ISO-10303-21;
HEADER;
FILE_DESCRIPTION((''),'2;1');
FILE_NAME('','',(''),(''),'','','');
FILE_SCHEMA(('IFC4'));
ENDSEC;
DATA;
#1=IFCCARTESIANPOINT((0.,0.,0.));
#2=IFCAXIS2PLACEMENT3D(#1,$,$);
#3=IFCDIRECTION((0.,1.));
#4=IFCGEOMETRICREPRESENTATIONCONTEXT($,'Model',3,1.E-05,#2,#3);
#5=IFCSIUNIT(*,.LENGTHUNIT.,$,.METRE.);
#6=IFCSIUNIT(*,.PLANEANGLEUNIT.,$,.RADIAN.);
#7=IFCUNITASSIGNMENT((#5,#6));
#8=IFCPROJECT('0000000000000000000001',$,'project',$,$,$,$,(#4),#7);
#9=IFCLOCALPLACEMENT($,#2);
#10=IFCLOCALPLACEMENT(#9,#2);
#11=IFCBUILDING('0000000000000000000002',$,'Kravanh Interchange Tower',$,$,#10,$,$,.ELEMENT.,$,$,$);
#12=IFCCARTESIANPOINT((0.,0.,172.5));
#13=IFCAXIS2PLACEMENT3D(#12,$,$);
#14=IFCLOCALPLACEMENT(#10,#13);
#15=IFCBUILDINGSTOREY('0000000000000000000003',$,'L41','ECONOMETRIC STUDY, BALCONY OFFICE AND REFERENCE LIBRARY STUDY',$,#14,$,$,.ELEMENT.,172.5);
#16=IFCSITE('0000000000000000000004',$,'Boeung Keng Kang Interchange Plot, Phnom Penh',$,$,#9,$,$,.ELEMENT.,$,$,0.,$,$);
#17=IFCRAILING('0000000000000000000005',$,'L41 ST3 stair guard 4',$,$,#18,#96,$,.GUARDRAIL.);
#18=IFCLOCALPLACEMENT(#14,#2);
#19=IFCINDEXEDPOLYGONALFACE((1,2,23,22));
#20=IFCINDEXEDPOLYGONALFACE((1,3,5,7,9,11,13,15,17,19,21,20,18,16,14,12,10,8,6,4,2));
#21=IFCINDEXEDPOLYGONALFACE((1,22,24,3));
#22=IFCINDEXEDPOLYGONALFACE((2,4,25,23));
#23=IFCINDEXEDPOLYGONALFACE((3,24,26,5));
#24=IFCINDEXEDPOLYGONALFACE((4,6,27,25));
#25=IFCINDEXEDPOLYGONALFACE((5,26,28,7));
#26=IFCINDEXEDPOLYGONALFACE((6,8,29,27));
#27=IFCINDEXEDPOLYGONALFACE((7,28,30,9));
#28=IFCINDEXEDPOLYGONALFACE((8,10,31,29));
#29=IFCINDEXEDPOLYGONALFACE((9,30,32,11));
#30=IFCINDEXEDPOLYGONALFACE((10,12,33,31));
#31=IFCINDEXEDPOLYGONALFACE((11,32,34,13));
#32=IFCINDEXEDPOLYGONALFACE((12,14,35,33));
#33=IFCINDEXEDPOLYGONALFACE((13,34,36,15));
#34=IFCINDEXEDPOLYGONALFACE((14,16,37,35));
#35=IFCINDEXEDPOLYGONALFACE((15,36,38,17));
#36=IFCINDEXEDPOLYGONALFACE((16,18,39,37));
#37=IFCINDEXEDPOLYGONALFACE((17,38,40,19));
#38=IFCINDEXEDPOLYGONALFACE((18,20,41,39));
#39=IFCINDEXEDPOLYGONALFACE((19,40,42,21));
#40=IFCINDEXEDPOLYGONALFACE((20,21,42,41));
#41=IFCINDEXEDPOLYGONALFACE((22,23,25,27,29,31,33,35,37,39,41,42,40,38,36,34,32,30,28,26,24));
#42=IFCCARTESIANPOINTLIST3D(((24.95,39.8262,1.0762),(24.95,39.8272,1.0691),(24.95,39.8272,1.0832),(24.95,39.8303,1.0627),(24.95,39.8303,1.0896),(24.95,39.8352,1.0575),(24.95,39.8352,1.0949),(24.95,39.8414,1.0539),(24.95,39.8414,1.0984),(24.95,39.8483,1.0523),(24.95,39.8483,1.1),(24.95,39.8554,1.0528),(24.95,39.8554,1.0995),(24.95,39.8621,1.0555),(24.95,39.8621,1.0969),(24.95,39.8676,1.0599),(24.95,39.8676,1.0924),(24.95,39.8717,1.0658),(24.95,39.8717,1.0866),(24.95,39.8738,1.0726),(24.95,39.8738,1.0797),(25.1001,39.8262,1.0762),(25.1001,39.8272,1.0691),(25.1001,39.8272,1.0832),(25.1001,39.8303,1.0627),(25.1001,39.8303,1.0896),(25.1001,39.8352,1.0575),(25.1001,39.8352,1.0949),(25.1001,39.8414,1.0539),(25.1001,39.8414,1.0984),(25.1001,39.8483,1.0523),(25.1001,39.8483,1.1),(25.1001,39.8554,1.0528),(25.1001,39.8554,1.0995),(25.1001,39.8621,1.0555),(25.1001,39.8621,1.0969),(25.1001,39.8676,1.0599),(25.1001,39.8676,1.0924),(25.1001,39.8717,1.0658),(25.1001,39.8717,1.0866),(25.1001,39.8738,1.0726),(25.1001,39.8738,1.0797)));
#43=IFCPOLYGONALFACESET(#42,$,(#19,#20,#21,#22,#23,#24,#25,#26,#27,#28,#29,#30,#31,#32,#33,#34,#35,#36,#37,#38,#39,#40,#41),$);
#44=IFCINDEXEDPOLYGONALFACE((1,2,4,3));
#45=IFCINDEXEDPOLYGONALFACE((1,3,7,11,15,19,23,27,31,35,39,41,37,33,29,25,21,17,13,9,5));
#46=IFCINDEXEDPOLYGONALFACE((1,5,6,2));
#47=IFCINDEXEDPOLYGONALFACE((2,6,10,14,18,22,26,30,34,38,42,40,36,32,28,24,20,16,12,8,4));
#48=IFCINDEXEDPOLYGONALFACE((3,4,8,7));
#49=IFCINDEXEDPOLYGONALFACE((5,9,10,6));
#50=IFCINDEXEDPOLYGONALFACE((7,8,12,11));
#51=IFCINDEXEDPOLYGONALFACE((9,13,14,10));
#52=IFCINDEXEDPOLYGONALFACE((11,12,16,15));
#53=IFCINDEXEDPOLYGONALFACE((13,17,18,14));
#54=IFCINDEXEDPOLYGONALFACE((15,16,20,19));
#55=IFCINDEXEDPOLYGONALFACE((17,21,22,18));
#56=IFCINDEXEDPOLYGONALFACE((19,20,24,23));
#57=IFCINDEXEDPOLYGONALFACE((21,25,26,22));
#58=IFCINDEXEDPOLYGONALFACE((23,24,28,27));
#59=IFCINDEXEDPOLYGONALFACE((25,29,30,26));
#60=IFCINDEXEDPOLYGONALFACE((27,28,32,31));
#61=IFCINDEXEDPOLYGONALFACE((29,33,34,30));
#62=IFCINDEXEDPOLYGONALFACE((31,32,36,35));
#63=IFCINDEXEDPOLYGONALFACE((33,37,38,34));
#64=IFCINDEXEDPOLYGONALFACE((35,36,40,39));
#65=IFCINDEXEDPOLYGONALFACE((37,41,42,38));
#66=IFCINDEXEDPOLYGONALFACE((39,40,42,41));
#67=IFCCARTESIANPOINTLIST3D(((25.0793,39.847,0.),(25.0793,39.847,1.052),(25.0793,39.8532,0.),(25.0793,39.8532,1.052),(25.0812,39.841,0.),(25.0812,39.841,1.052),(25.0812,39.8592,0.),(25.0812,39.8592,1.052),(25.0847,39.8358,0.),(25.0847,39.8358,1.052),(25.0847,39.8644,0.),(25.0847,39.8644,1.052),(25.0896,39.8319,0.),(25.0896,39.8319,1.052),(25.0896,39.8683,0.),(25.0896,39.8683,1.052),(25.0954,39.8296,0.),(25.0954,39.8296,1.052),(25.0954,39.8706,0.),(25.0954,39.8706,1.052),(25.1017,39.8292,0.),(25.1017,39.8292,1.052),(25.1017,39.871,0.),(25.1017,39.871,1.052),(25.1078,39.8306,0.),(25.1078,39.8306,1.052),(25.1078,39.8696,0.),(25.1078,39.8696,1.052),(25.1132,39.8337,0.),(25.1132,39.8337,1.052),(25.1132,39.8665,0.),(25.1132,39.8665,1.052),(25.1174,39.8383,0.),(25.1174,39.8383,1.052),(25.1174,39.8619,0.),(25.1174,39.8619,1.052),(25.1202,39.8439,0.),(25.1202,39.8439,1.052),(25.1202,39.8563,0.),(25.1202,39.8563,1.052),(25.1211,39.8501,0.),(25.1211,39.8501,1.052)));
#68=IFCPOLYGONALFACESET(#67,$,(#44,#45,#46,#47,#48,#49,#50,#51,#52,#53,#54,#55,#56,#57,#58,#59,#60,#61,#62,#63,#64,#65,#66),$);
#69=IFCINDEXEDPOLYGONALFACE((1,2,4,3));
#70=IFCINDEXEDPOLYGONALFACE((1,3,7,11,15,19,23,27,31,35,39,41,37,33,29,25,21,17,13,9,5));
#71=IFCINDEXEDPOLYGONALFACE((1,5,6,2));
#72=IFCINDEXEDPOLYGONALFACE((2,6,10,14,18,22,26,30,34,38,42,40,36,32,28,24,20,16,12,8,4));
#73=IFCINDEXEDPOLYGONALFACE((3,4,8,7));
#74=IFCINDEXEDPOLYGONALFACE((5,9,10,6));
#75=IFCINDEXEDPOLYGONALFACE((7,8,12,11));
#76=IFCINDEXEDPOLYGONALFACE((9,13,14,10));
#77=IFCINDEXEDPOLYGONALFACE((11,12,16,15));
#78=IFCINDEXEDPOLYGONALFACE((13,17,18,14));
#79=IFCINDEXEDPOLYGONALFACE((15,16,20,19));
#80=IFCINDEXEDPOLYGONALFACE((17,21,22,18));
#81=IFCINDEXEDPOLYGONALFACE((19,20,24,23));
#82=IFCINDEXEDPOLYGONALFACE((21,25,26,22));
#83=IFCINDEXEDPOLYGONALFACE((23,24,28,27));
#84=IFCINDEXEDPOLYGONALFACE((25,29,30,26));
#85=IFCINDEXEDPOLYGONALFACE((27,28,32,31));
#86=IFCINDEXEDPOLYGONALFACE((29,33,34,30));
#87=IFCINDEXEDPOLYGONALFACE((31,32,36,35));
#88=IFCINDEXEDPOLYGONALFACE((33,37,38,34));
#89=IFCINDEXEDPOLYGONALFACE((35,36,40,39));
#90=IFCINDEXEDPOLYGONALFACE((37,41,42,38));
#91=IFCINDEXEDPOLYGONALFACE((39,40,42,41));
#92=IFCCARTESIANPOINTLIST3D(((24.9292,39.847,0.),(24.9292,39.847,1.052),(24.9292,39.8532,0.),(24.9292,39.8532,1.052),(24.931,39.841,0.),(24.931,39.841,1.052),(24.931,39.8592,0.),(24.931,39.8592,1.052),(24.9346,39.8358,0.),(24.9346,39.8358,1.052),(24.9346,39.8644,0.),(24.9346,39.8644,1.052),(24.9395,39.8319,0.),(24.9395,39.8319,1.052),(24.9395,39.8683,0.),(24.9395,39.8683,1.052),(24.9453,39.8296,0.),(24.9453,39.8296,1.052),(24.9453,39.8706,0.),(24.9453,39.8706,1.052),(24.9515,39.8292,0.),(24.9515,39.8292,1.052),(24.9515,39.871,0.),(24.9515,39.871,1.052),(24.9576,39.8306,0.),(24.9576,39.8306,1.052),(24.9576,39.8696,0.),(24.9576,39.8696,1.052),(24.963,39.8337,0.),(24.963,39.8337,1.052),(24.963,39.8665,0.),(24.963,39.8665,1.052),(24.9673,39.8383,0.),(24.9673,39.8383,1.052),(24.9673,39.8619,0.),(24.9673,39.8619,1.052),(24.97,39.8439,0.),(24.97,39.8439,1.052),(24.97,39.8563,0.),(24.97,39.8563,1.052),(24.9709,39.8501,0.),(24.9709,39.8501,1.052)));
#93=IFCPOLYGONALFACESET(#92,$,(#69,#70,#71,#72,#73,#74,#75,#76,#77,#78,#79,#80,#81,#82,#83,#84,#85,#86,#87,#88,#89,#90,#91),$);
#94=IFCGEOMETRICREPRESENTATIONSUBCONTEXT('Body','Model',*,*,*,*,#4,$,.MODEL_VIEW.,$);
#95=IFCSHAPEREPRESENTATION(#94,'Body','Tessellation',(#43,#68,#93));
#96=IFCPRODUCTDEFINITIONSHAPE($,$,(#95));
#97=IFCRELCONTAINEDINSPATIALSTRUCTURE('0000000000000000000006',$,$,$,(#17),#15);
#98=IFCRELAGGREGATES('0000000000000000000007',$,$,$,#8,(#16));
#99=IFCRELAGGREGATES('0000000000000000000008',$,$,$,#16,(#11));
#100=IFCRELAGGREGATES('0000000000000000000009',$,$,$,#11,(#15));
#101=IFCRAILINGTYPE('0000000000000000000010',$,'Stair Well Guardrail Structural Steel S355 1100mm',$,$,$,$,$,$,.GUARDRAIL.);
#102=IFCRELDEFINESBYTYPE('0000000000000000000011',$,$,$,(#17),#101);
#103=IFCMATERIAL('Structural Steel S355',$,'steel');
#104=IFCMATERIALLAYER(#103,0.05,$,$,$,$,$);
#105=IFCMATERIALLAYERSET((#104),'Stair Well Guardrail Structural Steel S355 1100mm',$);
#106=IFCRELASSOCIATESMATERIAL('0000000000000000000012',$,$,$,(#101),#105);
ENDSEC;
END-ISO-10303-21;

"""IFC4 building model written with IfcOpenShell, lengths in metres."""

from ifc_helpers import new_model, si_unit, direction, frame, origin, origin_2d, place, context, subcontext, project, spatial, circle, extrude, material, layer, layer_set, type_object, element, save


model = new_model("IFC4")

# Units and contexts
model_context = context("Model", 3, precision=1e-05, world=origin(), true_north=direction((0.0, 1.0)))
body_context = subcontext(model_context, "Body", "Model", "MODEL_VIEW")
ifc_project = project(units=[si_unit("LENGTHUNIT", "METRE"), si_unit("PLANEANGLEUNIT", "RADIAN")], contexts=[model_context])

# Site, building, storey
site_placement = place(None, origin())
site = spatial("IfcSite", under=ifc_project, at=site_placement, Name="Boeung Keng Kang Interchange Plot, Phnom Penh", CompositionType="ELEMENT", RefElevation=0.0)
building_placement = place(site_placement, origin())
building = spatial("IfcBuilding", under=site, at=building_placement, Name="Kravanh Interchange Tower", CompositionType="ELEMENT")
storey_placement = place(building_placement, frame((0.0, 0.0, 172.5)))
storey = spatial("IfcBuildingStorey", under=building, at=storey_placement, Name="L41", Description="ECONOMETRIC STUDY, BALCONY OFFICE AND REFERENCE LIBRARY STUDY", CompositionType="ELEMENT", Elevation=172.5)

# Railing
ifc_material_1 = material(Name="Structural Steel S355", Category="steel")
ifc_layer_1 = layer(ifc_material_1, 0.05)
ifc_layer_set_1 = layer_set([ifc_layer_1], Name="Stair Well Guardrail Structural Steel S355 1100mm")
railing_type_1 = type_object("IfcRailingType", Name="Stair Well Guardrail Structural Steel S355 1100mm", PredefinedType="GUARDRAIL", material=ifc_layer_set_1)
railing_1_placement = place(storey_placement, frame((25.1001, 39.8501, 0.0)))
element("IfcRailing", 1, at=railing_1_placement, inside=storey, type_object=railing_type_1, Name="L41 ST3 stair guard 4", PredefinedType="GUARDRAIL", context=body_context, shape_type="SweptSolid", body=[
    extrude(circle(Radius=0.0239, at=origin_2d()), frame((0.0, 0.0, 1.0762), z_axis=(-1.0, 0.0, 0.0), x_axis=(0.0, -1.0, 0.0)), (0.0, 0.0, 1.0), 0.1501),
    extrude(circle(Radius=0.021, at=origin_2d()), origin(), (0.0, 0.0, 1.0), 1.052),
    extrude(circle(Radius=0.021, at=origin_2d()), frame((-0.1501, 0.0, 0.0)), (0.0, 0.0, 1.0), 1.052),
])

save(model, "model.ifc")
